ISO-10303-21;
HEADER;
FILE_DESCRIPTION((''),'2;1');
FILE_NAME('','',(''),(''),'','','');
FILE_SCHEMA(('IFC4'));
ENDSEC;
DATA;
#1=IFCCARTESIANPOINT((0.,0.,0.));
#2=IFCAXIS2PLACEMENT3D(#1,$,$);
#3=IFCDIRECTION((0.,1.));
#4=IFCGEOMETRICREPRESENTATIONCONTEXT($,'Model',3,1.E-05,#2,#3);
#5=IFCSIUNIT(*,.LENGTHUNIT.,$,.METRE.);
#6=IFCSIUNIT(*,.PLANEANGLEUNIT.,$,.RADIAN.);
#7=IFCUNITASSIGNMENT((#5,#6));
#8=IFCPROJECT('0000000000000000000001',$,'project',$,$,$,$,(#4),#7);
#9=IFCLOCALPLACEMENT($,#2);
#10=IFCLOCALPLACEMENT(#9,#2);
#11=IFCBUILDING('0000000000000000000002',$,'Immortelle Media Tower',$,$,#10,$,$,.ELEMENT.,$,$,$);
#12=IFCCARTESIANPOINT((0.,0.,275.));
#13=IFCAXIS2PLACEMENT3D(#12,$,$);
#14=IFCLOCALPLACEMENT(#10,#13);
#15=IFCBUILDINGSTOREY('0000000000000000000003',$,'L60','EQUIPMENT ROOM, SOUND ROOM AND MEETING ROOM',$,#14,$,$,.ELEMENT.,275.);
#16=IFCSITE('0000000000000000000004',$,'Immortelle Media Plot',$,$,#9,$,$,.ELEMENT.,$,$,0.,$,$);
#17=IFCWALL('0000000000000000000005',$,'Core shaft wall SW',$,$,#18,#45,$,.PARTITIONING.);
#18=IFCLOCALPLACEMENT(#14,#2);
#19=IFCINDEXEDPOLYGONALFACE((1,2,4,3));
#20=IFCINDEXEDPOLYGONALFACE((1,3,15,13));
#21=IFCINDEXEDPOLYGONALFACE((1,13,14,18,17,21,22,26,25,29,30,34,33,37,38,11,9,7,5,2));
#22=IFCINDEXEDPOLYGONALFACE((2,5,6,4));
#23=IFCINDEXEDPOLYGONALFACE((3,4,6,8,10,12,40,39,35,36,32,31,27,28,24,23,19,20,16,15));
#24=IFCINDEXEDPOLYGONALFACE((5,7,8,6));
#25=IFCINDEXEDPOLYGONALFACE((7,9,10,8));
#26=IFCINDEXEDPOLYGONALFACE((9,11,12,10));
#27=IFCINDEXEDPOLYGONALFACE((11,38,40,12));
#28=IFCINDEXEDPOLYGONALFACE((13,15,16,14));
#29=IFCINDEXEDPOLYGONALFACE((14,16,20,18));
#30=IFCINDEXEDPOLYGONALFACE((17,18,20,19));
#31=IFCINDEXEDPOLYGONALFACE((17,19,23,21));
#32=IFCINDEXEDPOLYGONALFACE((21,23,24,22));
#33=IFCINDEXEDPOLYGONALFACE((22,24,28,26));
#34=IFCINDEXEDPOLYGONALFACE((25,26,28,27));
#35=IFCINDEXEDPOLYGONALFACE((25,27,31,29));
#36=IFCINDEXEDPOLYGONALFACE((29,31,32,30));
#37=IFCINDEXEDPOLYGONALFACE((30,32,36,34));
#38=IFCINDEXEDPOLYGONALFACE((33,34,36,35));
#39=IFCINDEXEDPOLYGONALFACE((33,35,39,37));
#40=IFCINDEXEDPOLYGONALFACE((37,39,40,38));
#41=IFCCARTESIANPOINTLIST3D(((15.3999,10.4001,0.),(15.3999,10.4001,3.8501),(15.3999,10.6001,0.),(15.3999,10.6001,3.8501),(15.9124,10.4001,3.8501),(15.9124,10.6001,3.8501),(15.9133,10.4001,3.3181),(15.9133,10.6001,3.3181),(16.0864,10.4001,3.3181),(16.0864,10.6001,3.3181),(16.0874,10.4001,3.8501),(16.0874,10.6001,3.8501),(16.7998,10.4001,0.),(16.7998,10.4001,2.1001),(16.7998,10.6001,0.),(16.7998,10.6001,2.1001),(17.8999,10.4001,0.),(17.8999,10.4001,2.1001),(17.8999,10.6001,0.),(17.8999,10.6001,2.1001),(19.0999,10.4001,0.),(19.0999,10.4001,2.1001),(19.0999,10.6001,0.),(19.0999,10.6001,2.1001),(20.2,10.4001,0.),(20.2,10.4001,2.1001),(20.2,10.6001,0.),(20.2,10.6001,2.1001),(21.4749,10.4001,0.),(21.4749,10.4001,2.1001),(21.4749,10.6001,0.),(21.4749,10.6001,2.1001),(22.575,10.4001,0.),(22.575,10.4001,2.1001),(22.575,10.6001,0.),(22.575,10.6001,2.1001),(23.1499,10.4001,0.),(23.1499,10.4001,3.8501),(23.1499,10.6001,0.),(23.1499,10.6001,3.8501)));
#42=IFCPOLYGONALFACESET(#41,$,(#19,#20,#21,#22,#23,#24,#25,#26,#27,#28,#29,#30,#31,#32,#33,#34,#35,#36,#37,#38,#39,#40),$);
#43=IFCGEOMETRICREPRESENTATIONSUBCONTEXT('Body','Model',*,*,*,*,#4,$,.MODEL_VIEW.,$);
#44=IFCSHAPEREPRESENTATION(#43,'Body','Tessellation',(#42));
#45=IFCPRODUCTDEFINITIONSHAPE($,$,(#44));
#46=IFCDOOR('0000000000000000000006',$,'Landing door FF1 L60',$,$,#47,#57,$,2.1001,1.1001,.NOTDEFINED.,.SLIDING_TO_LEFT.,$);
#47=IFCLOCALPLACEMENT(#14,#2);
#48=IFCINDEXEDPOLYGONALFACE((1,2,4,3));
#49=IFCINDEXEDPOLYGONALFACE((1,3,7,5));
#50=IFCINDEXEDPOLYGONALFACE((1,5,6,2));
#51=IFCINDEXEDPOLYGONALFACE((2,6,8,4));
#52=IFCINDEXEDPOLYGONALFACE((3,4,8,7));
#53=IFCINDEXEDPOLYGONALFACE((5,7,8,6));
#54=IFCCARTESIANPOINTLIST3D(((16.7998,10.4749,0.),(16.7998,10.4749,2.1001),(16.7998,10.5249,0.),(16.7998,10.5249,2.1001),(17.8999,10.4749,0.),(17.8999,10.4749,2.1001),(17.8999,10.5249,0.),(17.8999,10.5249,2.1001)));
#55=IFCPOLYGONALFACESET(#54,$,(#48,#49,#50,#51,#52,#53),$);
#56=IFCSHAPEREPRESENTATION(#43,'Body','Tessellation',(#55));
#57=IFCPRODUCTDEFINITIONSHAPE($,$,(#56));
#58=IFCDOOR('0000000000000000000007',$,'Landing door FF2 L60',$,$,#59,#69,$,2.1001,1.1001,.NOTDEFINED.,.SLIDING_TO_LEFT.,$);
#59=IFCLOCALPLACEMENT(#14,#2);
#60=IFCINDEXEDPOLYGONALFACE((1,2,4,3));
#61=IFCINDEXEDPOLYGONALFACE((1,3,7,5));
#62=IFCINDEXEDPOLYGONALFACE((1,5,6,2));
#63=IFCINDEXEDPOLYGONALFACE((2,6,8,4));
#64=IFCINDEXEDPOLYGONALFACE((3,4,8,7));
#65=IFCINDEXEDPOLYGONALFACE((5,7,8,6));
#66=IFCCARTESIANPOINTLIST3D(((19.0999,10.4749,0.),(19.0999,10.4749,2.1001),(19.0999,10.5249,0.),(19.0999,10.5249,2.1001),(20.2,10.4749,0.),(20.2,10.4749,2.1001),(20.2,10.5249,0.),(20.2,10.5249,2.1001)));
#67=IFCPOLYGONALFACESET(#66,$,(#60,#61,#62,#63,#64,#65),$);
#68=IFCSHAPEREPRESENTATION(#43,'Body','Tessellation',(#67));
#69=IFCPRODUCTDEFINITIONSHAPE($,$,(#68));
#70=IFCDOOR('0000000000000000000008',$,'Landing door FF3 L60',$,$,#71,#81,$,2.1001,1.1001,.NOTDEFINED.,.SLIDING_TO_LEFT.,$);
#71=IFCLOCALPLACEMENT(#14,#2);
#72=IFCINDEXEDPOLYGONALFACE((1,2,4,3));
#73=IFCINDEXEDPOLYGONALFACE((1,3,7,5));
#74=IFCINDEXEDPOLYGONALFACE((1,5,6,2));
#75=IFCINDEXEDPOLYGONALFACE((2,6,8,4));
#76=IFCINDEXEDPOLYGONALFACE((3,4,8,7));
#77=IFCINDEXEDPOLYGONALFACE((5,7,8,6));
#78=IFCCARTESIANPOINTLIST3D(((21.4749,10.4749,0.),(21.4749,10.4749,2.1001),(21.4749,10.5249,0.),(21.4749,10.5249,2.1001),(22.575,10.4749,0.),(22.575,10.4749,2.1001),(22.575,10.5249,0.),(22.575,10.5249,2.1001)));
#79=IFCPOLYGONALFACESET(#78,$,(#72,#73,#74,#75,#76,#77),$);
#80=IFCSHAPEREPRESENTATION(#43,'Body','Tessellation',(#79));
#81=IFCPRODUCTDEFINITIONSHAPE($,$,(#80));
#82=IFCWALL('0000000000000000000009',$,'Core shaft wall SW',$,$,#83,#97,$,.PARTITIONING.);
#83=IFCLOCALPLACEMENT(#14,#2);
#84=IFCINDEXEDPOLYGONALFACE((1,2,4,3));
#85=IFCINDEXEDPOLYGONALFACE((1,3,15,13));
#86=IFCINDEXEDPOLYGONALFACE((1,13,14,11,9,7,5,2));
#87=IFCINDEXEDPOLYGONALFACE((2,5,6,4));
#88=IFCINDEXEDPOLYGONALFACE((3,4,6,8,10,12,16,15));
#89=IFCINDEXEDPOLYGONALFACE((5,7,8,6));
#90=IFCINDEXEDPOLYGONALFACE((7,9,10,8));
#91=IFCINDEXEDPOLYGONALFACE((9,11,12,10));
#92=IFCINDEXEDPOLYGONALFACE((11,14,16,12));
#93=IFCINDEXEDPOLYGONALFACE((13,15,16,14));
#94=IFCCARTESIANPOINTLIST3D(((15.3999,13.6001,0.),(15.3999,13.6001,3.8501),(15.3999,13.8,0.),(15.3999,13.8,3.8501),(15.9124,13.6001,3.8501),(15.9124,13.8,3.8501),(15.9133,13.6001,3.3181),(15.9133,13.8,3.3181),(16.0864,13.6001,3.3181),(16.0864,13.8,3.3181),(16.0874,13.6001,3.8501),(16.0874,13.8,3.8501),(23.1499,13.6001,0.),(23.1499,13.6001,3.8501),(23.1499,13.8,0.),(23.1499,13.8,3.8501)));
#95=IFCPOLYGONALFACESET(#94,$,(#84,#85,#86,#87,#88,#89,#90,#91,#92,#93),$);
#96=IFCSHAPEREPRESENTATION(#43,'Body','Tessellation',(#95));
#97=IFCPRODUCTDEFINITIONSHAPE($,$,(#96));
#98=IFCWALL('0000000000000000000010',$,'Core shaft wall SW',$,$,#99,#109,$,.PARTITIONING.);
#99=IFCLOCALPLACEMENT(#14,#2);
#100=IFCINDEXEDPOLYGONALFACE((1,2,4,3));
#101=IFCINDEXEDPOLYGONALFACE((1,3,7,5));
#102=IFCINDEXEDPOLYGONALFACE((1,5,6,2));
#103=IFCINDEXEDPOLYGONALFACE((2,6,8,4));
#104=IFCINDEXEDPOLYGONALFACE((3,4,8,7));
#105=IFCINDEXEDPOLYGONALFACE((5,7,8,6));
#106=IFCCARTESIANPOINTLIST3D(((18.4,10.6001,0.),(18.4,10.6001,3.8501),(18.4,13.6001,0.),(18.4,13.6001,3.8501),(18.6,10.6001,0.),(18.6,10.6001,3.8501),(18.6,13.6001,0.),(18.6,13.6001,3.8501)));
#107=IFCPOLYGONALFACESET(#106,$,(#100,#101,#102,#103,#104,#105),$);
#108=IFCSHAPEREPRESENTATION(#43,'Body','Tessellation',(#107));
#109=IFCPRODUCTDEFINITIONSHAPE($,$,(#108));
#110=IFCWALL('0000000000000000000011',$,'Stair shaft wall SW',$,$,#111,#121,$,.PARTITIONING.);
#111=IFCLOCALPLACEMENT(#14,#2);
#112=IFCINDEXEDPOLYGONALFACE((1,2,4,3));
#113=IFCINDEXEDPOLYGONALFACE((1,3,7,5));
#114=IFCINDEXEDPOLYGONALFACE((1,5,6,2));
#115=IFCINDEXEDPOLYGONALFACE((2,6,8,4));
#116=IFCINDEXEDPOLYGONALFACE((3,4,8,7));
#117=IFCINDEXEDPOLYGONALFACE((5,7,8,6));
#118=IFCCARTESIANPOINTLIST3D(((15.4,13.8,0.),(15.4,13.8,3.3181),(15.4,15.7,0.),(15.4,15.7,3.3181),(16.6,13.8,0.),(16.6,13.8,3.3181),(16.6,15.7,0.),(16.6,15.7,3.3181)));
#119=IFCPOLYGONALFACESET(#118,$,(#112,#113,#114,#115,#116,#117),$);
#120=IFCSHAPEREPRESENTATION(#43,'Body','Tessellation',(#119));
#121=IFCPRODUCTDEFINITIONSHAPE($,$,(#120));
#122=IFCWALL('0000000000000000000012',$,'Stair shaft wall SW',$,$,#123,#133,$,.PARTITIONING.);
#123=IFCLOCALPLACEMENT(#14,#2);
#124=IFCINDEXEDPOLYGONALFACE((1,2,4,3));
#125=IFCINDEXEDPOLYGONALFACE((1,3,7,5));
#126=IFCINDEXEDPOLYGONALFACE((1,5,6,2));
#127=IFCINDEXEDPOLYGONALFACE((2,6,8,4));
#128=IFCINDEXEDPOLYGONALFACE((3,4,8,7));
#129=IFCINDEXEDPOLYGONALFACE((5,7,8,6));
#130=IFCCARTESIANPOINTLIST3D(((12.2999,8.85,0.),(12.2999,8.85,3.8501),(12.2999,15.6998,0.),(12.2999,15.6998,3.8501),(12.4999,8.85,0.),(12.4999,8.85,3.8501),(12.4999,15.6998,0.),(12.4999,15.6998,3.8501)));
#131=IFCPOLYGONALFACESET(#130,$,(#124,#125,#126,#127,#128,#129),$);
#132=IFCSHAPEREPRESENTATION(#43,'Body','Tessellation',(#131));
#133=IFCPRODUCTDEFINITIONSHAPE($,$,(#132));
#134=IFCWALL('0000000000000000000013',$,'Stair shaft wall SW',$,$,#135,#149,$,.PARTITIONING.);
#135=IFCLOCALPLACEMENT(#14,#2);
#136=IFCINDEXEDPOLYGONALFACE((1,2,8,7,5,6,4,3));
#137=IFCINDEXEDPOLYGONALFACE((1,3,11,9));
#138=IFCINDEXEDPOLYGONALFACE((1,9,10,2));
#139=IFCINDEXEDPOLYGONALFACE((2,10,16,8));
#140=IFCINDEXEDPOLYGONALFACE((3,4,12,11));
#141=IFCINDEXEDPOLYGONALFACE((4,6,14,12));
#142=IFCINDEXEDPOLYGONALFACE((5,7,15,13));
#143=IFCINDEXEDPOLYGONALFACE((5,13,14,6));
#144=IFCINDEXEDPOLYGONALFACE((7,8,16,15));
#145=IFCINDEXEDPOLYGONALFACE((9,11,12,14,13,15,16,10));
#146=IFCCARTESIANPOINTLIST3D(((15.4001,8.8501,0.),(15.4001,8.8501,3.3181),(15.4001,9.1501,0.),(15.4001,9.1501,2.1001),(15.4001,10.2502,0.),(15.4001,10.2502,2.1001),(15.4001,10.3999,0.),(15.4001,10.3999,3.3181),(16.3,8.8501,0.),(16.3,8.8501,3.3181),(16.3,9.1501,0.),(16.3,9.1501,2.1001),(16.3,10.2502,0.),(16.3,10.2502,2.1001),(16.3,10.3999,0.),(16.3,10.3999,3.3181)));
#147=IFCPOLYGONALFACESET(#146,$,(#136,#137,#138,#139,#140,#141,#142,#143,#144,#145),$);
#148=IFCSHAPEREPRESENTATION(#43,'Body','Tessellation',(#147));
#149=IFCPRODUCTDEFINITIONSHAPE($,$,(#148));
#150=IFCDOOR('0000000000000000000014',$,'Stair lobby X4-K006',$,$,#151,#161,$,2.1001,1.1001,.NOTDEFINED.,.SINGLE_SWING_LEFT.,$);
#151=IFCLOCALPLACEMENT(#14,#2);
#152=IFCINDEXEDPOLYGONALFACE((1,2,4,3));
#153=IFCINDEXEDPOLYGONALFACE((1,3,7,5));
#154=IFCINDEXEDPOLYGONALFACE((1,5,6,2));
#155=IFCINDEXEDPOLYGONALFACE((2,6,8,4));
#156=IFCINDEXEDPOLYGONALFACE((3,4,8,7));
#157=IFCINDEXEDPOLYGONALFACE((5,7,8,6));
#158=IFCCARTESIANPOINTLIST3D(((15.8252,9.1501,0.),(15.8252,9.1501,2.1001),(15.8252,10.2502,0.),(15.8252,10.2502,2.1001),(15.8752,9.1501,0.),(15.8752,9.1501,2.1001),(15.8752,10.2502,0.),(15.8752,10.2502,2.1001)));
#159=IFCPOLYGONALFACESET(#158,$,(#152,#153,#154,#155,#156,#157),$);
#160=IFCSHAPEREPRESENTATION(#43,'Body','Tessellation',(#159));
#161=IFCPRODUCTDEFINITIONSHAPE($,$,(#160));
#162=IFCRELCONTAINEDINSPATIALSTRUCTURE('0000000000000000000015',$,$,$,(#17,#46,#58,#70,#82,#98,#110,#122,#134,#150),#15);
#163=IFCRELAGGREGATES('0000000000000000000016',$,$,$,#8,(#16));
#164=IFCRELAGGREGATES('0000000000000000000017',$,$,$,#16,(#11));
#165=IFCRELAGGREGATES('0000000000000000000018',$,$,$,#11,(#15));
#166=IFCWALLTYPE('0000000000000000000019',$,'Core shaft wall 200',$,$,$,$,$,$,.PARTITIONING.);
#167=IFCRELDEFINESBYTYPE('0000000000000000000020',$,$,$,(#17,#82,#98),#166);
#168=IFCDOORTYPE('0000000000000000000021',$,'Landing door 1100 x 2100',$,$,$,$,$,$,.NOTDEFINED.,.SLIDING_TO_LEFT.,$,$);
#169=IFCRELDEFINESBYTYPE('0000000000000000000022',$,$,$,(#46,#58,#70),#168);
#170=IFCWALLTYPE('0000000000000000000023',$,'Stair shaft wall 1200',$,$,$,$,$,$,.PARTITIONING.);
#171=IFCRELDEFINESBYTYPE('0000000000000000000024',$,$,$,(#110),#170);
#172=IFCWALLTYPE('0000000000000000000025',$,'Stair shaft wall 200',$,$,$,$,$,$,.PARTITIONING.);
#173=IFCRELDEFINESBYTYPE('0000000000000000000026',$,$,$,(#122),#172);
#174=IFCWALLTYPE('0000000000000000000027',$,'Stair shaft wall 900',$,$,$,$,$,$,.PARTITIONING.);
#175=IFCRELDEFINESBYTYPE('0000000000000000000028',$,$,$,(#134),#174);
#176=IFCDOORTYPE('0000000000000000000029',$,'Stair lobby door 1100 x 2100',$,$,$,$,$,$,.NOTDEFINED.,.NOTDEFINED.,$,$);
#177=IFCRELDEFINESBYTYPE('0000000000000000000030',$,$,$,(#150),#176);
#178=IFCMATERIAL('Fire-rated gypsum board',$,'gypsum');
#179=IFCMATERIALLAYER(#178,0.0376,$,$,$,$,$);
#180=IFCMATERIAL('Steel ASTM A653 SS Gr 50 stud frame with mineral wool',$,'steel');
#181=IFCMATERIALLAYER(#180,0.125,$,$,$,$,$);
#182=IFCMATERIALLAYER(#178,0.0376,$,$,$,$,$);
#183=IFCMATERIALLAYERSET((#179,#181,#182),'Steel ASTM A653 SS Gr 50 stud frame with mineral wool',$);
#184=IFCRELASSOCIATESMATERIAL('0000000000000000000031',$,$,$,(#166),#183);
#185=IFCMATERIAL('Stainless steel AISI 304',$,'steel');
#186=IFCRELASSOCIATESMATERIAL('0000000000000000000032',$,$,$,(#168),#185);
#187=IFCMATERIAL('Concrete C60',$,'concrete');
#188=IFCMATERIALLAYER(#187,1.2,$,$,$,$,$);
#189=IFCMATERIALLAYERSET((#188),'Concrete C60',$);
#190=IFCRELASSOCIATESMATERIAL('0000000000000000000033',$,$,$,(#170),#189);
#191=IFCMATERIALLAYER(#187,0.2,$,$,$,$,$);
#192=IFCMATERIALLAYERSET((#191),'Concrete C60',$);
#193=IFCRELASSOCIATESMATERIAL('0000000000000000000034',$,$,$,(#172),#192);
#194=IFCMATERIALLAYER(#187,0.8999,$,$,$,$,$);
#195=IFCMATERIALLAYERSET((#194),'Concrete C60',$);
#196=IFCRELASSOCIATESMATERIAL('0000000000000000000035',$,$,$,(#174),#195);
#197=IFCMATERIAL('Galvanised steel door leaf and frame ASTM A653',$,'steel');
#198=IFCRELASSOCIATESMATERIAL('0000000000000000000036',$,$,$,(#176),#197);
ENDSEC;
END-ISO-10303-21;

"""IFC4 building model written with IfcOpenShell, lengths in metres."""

from ifc_helpers import new_model, si_unit, direction, frame, frame_2d, origin, place, context, subcontext, project, spatial, polyline, rectangle, outline, extrude, material, layer, layer_set, type_object, element, fill, save


model = new_model("IFC4")

# Units and contexts
model_context = context("Model", 3, precision=1e-05, world=origin(), true_north=direction((0.0, 1.0)))
body_context = subcontext(model_context, "Body", "Model", "MODEL_VIEW")
ifc_project = project(units=[si_unit("LENGTHUNIT", "METRE"), si_unit("PLANEANGLEUNIT", "RADIAN")], contexts=[model_context])

# Site, building, storey
site_placement = place(None, origin())
site = spatial("IfcSite", under=ifc_project, at=site_placement, Name="Immortelle Media Plot", CompositionType="ELEMENT", RefElevation=0.0)
building_placement = place(site_placement, origin())
building = spatial("IfcBuilding", under=site, at=building_placement, Name="Immortelle Media Tower", CompositionType="ELEMENT")
storey_placement = place(building_placement, frame((0.0, 0.0, 275.0)))
storey = spatial("IfcBuildingStorey", under=building, at=storey_placement, Name="L60", Description="EQUIPMENT ROOM, SOUND ROOM AND MEETING ROOM", CompositionType="ELEMENT", Elevation=275.0)

# Shared definitions
ifc_material_1 = material(Name="Fire-rated gypsum board", Category="gypsum")
ifc_material_2 = material(Name="Steel ASTM A653 SS Gr 50 stud frame with mineral wool", Category="steel")

# Wall, openings, doors
ifc_layer_1 = layer(ifc_material_1, 0.0376)
ifc_layer_2 = layer(ifc_material_2, 0.125)
ifc_layer_3 = layer(ifc_material_1, 0.0376)
ifc_layer_set_1 = layer_set([ifc_layer_1, ifc_layer_2, ifc_layer_3], Name="Steel ASTM A653 SS Gr 50 stud frame with mineral wool")
wall_type_1 = type_object("IfcWallType", Name="Core shaft wall 200", PredefinedType="PARTITIONING", material=ifc_layer_set_1)
wall_1_placement = place(storey_placement, frame((15.3999, 10.5, 0.0), z_axis=(0.0, 0.0, 1.0), x_axis=(1.0, 0.0, 0.0)))
wall_1 = element("IfcWall", 1, at=wall_1_placement, inside=storey, type_object=wall_type_1, Name="Core shaft wall SW", PredefinedType="PARTITIONING", context=body_context, shape_type="SweptSolid", body=[
    extrude(outline(polyline([(0.0, 0.0), (7.75, 0.0), (7.75, 3.8501), (0.6875, 3.8501), (0.6865, 3.3181), (0.5134, 3.3181), (0.5125, 3.8501), (0.0, 3.8501), (0.0, 0.0)])), frame((0.0, 0.1001, 0.0), z_axis=(0.0, -1.0, 0.0), x_axis=(1.0, 0.0, 0.0)), (0.0, 0.0, 1.0), 0.2),
])
opening_1_placement = place(wall_1_placement, frame((1.3999, 0.0, 0.0)))
opening_1 = element("IfcOpeningElement", 2, at=opening_1_placement, cuts=wall_1, PredefinedType="OPENING", context=body_context, shape_type="SweptSolid", body=[
    extrude(rectangle(XDim=1.1001, YDim=2.1001, at=frame_2d((0.55, 1.05))), frame((0.0, 0.1099, 0.0), z_axis=(0.0, -1.0, 0.0), x_axis=(1.0, 0.0, 0.0)), (0.0, 0.0, 1.0), 0.22),
])
opening_2_placement = place(wall_1_placement, frame((3.7, 0.0, 0.0)))
opening_2 = element("IfcOpeningElement", 3, at=opening_2_placement, cuts=wall_1, PredefinedType="OPENING", context=body_context, shape_type="SweptSolid", body=[
    extrude(rectangle(XDim=1.1001, YDim=2.1001, at=frame_2d((0.55, 1.05))), frame((0.0, 0.1099, 0.0), z_axis=(0.0, -1.0, 0.0), x_axis=(1.0, 0.0, 0.0)), (0.0, 0.0, 1.0), 0.22),
])
opening_3_placement = place(wall_1_placement, frame((6.075, 0.0, 0.0)))
opening_3 = element("IfcOpeningElement", 4, at=opening_3_placement, cuts=wall_1, PredefinedType="OPENING", context=body_context, shape_type="SweptSolid", body=[
    extrude(rectangle(XDim=1.1001, YDim=2.1001, at=frame_2d((0.55, 1.05))), frame((0.0, 0.1099, 0.0), z_axis=(0.0, -1.0, 0.0), x_axis=(1.0, 0.0, 0.0)), (0.0, 0.0, 1.0), 0.22),
])
ifc_material_3 = material(Name="Stainless steel AISI 304", Category="steel")
door_type_1 = type_object("IfcDoorType", Name="Landing door 1100 x 2100", OperationType="SLIDING_TO_LEFT", PredefinedType="NOTDEFINED", material=ifc_material_3)
door_1_placement = place(opening_1_placement, origin())
door_1 = element("IfcDoor", 5, at=door_1_placement, inside=storey, type_object=door_type_1, Name="Landing door FF1 L60", OperationType="SLIDING_TO_LEFT", OverallHeight=2.1001, OverallWidth=1.1001, PredefinedType="NOTDEFINED", context=body_context, shape_type="SweptSolid", body=[
    extrude(rectangle(XDim=1.1001, YDim=2.1001, at=frame_2d((0.55, 1.05))), frame((0.0, 0.0249, 0.0), z_axis=(0.0, -1.0, 0.0), x_axis=(1.0, 0.0, 0.0)), (0.0, 0.0, 1.0), 0.05),
])
fill(opening_1, door_1)
door_2_placement = place(opening_2_placement, origin())
door_2 = element("IfcDoor", 6, at=door_2_placement, inside=storey, type_object=door_type_1, Name="Landing door FF2 L60", OperationType="SLIDING_TO_LEFT", OverallHeight=2.1001, OverallWidth=1.1001, PredefinedType="NOTDEFINED", context=body_context, shape_type="SweptSolid", body=[
    extrude(rectangle(XDim=1.1001, YDim=2.1001, at=frame_2d((0.55, 1.05))), frame((0.0, 0.0249, 0.0), z_axis=(0.0, -1.0, 0.0), x_axis=(1.0, 0.0, 0.0)), (0.0, 0.0, 1.0), 0.05),
])
fill(opening_2, door_2)
door_3_placement = place(opening_3_placement, origin())
door_3 = element("IfcDoor", 7, at=door_3_placement, inside=storey, type_object=door_type_1, Name="Landing door FF3 L60", OperationType="SLIDING_TO_LEFT", OverallHeight=2.1001, OverallWidth=1.1001, PredefinedType="NOTDEFINED", context=body_context, shape_type="SweptSolid", body=[
    extrude(rectangle(XDim=1.1001, YDim=2.1001, at=frame_2d((0.55, 1.05))), frame((0.0, 0.0249, 0.0), z_axis=(0.0, -1.0, 0.0), x_axis=(1.0, 0.0, 0.0)), (0.0, 0.0, 1.0), 0.05),
])
fill(opening_3, door_3)

# Walls
wall_2_placement = place(storey_placement, frame((15.3999, 13.7, 0.0), z_axis=(0.0, 0.0, 1.0), x_axis=(1.0, 0.0, 0.0)))
element("IfcWall", 8, at=wall_2_placement, inside=storey, type_object=wall_type_1, Name="Core shaft wall SW", PredefinedType="PARTITIONING", context=body_context, shape_type="SweptSolid", body=[
    extrude(outline(polyline([(0.0, 0.0), (7.75, 0.0), (7.75, 3.8501), (0.6875, 3.8501), (0.6865, 3.3181), (0.5134, 3.3181), (0.5125, 3.8501), (0.0, 3.8501), (0.0, 0.0)])), frame((0.0, 0.1001, 0.0), z_axis=(0.0, -1.0, 0.0), x_axis=(1.0, 0.0, 0.0)), (0.0, 0.0, 1.0), 0.2),
])
wall_3_placement = place(storey_placement, frame((18.5, 10.6001, 0.0), z_axis=(0.0, 0.0, 1.0), x_axis=(0.0, 1.0, 0.0)))
element("IfcWall", 9, at=wall_3_placement, inside=storey, type_object=wall_type_1, Name="Core shaft wall SW", PredefinedType="PARTITIONING", context=body_context, shape_type="SweptSolid", body=[
    extrude(rectangle(XDim=3.0, YDim=0.2, at=frame_2d((1.5, 0.0))), origin(), (0.0, 0.0, 1.0), 3.8501),
])
ifc_material_4 = material(Name="Concrete C60", Category="concrete")
ifc_layer_4 = layer(ifc_material_4, 1.2)
ifc_layer_set_2 = layer_set([ifc_layer_4], Name="Concrete C60")
wall_type_2 = type_object("IfcWallType", Name="Stair shaft wall 1200", PredefinedType="PARTITIONING", material=ifc_layer_set_2)
wall_4_placement = place(storey_placement, frame((16.0, 13.8, 0.0), z_axis=(0.0, 0.0, 1.0), x_axis=(0.0, 1.0, 0.0)))
element("IfcWall", 10, at=wall_4_placement, inside=storey, type_object=wall_type_2, Name="Stair shaft wall SW", PredefinedType="PARTITIONING", context=body_context, shape_type="SweptSolid", body=[
    extrude(rectangle(XDim=1.8999, YDim=1.2, at=frame_2d((0.95, 0.0))), origin(), (0.0, 0.0, 1.0), 3.3181),
])
ifc_layer_5 = layer(ifc_material_4, 0.2)
ifc_layer_set_3 = layer_set([ifc_layer_5], Name="Concrete C60")
wall_type_3 = type_object("IfcWallType", Name="Stair shaft wall 200", PredefinedType="PARTITIONING", material=ifc_layer_set_3)
wall_5_placement = place(storey_placement, frame((12.3999, 8.8501, 0.0), z_axis=(0.0, 0.0, 1.0), x_axis=(0.0, 1.0, 0.0)))
element("IfcWall", 11, at=wall_5_placement, inside=storey, type_object=wall_type_3, Name="Stair shaft wall SW", PredefinedType="PARTITIONING", context=body_context, shape_type="SweptSolid", body=[
    extrude(rectangle(XDim=6.8499, YDim=0.2, at=frame_2d((3.4248, 0.0))), origin(), (0.0, 0.0, 1.0), 3.8501),
])

# Wall, opening, door
ifc_layer_6 = layer(ifc_material_4, 0.8999)
ifc_layer_set_4 = layer_set([ifc_layer_6], Name="Concrete C60")
wall_type_4 = type_object("IfcWallType", Name="Stair shaft wall 900", PredefinedType="PARTITIONING", material=ifc_layer_set_4)
wall_6_placement = place(storey_placement, frame((15.8501, 8.8501, 0.0), z_axis=(0.0, 0.0, 1.0), x_axis=(0.0, 1.0, 0.0)))
wall_6 = element("IfcWall", 12, at=wall_6_placement, inside=storey, type_object=wall_type_4, Name="Stair shaft wall SW", PredefinedType="PARTITIONING", context=body_context, shape_type="SweptSolid", body=[
    extrude(rectangle(XDim=1.5498, YDim=0.8999, at=frame_2d((0.7749, 0.0))), origin(), (0.0, 0.0, 1.0), 3.3181),
])
opening_4_placement = place(wall_6_placement, frame((0.3, 0.0, 0.0)))
opening_4 = element("IfcOpeningElement", 13, at=opening_4_placement, cuts=wall_6, PredefinedType="OPENING", context=body_context, shape_type="SweptSolid", body=[
    extrude(rectangle(XDim=1.1001, YDim=2.1001, at=frame_2d((0.55, 1.05))), frame((0.0, 0.46, 0.0), z_axis=(0.0, -1.0, 0.0), x_axis=(1.0, 0.0, 0.0)), (0.0, 0.0, 1.0), 0.9199),
])
ifc_material_5 = material(Name="Galvanised steel door leaf and frame ASTM A653", Category="steel")
door_type_2 = type_object("IfcDoorType", Name="Stair lobby door 1100 x 2100", OperationType="NOTDEFINED", PredefinedType="NOTDEFINED", material=ifc_material_5)
door_4_placement = place(opening_4_placement, origin())
door_4 = element("IfcDoor", 14, at=door_4_placement, inside=storey, type_object=door_type_2, Name="Stair lobby X4-K006", OperationType="SINGLE_SWING_LEFT", OverallHeight=2.1001, OverallWidth=1.1001, PredefinedType="NOTDEFINED", context=body_context, shape_type="SweptSolid", body=[
    extrude(rectangle(XDim=1.1001, YDim=2.1001, at=frame_2d((0.55, 1.05))), frame((0.0, 0.0249, 0.0), z_axis=(0.0, -1.0, 0.0), x_axis=(1.0, 0.0, 0.0)), (0.0, 0.0, 1.0), 0.05),
])
fill(opening_4, door_4)

save(model, "model.ifc")
